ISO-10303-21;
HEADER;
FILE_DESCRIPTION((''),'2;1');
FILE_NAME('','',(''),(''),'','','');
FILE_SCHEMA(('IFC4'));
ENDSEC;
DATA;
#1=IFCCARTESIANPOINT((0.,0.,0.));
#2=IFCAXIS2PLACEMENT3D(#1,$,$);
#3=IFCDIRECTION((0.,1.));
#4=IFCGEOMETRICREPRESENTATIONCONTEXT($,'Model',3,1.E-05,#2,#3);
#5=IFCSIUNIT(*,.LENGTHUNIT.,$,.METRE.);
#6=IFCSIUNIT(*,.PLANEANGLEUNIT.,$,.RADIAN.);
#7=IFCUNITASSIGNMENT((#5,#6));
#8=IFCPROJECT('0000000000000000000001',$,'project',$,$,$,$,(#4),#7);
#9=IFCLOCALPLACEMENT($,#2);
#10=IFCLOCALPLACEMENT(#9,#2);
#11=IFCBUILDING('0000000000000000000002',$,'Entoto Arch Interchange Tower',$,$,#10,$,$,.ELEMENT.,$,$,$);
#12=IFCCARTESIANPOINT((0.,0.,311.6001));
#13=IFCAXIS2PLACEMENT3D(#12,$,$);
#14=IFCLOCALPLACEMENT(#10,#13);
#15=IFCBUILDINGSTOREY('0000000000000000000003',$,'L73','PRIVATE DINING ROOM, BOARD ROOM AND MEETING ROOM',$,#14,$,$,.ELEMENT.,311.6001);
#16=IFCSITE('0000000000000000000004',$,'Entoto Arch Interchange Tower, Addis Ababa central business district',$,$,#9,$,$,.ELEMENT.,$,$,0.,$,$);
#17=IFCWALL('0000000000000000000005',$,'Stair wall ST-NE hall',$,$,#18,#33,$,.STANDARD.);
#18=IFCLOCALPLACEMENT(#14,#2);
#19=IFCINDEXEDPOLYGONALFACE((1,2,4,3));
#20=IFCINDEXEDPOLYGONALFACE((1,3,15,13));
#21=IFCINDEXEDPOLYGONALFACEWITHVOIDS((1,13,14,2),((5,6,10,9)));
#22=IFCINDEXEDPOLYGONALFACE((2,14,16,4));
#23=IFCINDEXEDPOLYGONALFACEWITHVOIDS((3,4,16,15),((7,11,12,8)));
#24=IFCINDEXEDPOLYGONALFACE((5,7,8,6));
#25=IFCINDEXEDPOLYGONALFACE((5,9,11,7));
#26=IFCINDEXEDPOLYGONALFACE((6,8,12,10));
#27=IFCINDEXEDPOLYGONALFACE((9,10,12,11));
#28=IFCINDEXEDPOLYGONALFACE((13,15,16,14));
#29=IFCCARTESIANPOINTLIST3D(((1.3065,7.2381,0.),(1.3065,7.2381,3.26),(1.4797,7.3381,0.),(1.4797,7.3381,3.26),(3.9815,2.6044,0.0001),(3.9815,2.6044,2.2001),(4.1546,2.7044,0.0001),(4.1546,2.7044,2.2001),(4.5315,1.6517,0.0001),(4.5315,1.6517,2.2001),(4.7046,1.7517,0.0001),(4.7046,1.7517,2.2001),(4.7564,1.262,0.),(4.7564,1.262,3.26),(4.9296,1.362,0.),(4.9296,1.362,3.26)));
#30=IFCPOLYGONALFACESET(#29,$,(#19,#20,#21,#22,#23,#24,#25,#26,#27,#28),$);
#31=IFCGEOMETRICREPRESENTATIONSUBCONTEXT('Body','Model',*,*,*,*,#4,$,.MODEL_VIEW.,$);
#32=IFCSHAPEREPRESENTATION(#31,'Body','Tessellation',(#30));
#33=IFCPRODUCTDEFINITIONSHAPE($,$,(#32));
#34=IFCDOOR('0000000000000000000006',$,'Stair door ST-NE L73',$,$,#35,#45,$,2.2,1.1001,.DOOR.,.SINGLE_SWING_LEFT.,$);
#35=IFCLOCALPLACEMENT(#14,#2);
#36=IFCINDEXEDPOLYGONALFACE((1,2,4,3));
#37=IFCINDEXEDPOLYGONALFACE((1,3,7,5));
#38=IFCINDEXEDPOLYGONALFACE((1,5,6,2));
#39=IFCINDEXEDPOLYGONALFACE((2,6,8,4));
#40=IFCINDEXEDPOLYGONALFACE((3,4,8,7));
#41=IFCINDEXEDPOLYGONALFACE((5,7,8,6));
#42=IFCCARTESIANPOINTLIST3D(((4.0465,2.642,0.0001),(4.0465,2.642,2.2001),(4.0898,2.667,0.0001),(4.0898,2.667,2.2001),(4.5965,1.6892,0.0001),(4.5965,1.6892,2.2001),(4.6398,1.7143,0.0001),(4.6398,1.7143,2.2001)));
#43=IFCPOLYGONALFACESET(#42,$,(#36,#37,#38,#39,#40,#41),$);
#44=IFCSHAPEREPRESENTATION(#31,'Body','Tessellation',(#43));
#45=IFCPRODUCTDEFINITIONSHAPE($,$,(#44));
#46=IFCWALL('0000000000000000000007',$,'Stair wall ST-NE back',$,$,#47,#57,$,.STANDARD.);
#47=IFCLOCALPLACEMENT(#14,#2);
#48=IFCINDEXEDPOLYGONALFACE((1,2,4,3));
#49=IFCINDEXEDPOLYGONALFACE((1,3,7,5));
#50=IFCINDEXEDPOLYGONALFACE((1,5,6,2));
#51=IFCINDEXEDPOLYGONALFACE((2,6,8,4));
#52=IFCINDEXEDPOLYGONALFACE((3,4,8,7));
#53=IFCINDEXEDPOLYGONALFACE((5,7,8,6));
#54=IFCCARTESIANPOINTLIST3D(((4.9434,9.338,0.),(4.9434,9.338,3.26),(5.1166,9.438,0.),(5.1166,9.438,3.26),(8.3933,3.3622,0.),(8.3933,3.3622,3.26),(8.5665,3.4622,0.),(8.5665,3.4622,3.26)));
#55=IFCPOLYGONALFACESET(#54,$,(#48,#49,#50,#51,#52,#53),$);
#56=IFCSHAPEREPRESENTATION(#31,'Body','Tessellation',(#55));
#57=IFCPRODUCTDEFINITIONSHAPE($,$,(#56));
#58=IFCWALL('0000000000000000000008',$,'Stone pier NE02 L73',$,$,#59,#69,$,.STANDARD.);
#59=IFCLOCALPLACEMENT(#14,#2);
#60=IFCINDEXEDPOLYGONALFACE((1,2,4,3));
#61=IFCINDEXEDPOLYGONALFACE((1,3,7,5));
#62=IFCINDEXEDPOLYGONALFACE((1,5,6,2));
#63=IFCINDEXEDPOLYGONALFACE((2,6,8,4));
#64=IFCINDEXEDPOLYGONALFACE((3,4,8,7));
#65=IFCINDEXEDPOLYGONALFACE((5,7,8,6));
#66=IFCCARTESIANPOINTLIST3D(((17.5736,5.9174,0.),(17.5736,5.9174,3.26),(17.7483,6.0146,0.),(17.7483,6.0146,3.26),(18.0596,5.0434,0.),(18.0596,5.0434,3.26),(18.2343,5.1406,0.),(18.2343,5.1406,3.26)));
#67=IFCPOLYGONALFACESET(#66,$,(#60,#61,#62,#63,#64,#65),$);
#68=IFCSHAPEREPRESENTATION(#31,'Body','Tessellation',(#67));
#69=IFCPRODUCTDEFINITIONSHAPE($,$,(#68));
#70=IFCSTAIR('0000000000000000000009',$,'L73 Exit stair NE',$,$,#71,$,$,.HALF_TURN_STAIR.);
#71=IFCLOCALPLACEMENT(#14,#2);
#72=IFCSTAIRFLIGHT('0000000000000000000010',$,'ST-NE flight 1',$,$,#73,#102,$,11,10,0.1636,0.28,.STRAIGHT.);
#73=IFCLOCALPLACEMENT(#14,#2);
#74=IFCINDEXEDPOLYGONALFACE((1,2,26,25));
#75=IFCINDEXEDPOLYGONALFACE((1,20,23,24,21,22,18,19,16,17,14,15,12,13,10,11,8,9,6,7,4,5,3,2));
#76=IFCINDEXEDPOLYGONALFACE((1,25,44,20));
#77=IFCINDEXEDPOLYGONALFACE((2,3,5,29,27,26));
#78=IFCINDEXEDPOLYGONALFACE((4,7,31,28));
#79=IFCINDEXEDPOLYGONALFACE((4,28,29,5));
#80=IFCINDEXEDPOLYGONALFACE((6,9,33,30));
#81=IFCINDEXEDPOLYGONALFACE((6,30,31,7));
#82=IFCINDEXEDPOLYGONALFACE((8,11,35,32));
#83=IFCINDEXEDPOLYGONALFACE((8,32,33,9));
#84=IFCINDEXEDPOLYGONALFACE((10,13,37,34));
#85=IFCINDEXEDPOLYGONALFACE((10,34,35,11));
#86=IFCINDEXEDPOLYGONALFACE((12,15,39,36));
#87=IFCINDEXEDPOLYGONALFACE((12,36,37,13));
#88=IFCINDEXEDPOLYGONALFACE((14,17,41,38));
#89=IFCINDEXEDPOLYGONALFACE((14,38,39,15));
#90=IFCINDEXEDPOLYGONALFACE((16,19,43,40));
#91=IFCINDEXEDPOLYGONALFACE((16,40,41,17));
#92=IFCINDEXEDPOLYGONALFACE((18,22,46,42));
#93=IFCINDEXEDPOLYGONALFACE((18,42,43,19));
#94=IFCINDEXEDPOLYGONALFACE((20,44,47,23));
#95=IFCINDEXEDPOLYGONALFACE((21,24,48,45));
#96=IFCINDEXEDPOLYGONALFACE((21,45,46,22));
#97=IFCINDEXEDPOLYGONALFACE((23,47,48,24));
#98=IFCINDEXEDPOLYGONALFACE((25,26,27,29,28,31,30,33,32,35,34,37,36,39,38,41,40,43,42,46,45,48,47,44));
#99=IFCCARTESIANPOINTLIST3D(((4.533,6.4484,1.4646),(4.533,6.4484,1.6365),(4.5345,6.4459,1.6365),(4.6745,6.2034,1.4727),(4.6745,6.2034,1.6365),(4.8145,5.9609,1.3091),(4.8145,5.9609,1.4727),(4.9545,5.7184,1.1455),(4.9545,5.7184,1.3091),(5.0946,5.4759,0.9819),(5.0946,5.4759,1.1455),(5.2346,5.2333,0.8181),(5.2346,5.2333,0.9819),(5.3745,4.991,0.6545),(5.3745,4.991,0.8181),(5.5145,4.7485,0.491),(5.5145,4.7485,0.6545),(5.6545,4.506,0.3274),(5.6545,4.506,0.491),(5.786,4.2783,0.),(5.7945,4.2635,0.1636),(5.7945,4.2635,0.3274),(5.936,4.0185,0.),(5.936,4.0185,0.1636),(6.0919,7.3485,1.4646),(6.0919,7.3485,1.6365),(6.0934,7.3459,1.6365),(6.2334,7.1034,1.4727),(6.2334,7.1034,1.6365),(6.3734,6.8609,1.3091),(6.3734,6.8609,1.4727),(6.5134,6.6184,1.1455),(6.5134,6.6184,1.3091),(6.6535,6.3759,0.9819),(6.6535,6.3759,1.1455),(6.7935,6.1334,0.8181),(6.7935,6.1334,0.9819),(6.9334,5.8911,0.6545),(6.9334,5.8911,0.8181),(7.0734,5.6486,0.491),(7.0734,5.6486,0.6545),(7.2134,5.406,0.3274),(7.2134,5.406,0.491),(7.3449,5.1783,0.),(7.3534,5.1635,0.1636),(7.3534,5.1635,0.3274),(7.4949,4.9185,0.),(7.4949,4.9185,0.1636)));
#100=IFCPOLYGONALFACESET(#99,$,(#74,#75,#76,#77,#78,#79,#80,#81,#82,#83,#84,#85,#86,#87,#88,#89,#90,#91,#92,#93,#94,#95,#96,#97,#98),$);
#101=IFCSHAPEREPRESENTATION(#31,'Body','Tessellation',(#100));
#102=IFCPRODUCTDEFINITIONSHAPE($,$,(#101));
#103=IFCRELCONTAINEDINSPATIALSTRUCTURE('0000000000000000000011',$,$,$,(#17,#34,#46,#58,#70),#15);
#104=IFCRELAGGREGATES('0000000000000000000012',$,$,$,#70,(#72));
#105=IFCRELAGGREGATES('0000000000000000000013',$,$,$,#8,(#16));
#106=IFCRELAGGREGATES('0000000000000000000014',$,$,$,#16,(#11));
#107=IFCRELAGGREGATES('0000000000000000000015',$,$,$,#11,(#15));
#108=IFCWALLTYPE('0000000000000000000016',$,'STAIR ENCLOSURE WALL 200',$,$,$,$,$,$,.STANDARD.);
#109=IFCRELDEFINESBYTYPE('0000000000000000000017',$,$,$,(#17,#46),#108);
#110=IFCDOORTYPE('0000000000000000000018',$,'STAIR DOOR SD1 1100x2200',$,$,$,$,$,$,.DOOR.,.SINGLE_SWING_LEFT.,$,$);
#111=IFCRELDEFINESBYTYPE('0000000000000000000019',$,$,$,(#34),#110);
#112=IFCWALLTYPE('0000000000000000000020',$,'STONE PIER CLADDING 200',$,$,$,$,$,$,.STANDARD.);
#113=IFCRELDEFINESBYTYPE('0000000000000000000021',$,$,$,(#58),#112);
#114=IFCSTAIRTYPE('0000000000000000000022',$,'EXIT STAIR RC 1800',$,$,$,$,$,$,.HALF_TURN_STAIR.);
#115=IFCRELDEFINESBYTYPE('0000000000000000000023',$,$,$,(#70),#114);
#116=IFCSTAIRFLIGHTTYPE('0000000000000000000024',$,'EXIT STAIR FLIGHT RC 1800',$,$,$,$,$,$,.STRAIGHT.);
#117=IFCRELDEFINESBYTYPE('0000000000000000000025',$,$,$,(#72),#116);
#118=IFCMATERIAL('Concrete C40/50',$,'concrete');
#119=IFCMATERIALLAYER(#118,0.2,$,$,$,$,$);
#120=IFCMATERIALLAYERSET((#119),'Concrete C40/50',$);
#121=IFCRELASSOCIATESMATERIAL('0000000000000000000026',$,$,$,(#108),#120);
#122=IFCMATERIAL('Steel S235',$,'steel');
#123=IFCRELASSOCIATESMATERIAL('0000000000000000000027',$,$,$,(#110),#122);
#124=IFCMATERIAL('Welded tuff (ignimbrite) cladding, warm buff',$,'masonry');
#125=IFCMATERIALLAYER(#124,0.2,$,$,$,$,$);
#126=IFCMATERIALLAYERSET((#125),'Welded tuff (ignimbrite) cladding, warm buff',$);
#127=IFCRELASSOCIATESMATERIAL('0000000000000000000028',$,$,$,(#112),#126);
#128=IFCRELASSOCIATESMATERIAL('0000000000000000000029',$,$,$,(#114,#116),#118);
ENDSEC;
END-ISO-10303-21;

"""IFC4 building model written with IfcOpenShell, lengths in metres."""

from ifc_helpers import new_model, si_unit, direction, frame, frame_2d, origin, place, context, subcontext, project, spatial, polyline, rectangle, outline, extrude, material, layer, layer_set, type_object, element, fill, aggregate, save


model = new_model("IFC4")

# Units and contexts
model_context = context("Model", 3, precision=1e-05, world=origin(), true_north=direction((0.0, 1.0)))
body_context = subcontext(model_context, "Body", "Model", "MODEL_VIEW")
ifc_project = project(units=[si_unit("LENGTHUNIT", "METRE"), si_unit("PLANEANGLEUNIT", "RADIAN")], contexts=[model_context])

# Site, building, storey
site_placement = place(None, origin())
site = spatial("IfcSite", under=ifc_project, at=site_placement, Name="Entoto Arch Interchange Tower, Addis Ababa central business district", CompositionType="ELEMENT", RefElevation=0.0)
building_placement = place(site_placement, origin())
building = spatial("IfcBuilding", under=site, at=building_placement, Name="Entoto Arch Interchange Tower", CompositionType="ELEMENT")
storey_placement = place(building_placement, frame((0.0, 0.0, 311.6001)))
storey = spatial("IfcBuildingStorey", under=building, at=storey_placement, Name="L73", Description="PRIVATE DINING ROOM, BOARD ROOM AND MEETING ROOM", CompositionType="ELEMENT", Elevation=311.6001)

# Shared definitions
ifc_material_1 = material(Name="Concrete C40/50", Category="concrete")

# Wall, opening, door
ifc_layer_1 = layer(ifc_material_1, 0.2)
ifc_layer_set_1 = layer_set([ifc_layer_1], Name="Concrete C40/50")
wall_type_1 = type_object("IfcWallType", Name="STAIR ENCLOSURE WALL 200", PredefinedType="STANDARD", material=ifc_layer_set_1)
ifc_material_2 = material(Name="Steel S235", Category="steel")
door_type_1 = type_object("IfcDoorType", Name="STAIR DOOR SD1 1100x2200", OperationType="SINGLE_SWING_LEFT", PredefinedType="DOOR", material=ifc_material_2)
wall_1_placement = place(storey_placement, frame((4.843, 1.312, 0.0), z_axis=(0.0, 0.0, 1.0), x_axis=(-0.499963, 0.866047, 0.0)))
wall_1 = element("IfcWall", 1, at=wall_1_placement, inside=storey, type_object=wall_type_1, Name="Stair wall ST-NE hall", PredefinedType="STANDARD", context=body_context, shape_type="SweptSolid", body=[
    extrude(rectangle(XDim=6.9004, YDim=0.2, at=frame_2d((3.4502, 0.0))), origin(), (0.0, 0.0, 1.0), 3.26),
])
opening_1_placement = place(wall_1_placement, frame((0.45, 0.0, 0.0)))
opening_1 = element("IfcOpeningElement", 2, at=opening_1_placement, cuts=wall_1, PredefinedType="OPENING", context=body_context, shape_type="SweptSolid", body=[
    extrude(rectangle(XDim=1.1001, YDim=2.2, at=frame_2d((0.55, 1.1001))), frame((0.0, 0.1099, 0.0), z_axis=(0.0, -1.0, 0.0), x_axis=(1.0, 0.0, 0.0)), (0.0, 0.0, 1.0), 0.22),
])
door_1_placement = place(opening_1_placement, origin())
door_1 = element("IfcDoor", 3, at=door_1_placement, inside=storey, type_object=door_type_1, Name="Stair door ST-NE L73", OperationType="SINGLE_SWING_LEFT", OverallHeight=2.2, OverallWidth=1.1001, PredefinedType="DOOR", context=body_context, shape_type="SweptSolid", body=[
    extrude(rectangle(XDim=1.1001, YDim=2.2, at=frame_2d((0.55, 1.1001))), frame((0.0, 0.0249, 0.0), z_axis=(0.0, -1.0, 0.0), x_axis=(1.0, 0.0, 0.0)), (0.0, 0.0, 1.0), 0.05),
])
fill(opening_1, door_1)

# Walls
wall_2_placement = place(storey_placement, frame((8.48, 3.4121, 0.0), z_axis=(0.0, 0.0, 1.0), x_axis=(-0.499979, 0.866038, 0.0)))
element("IfcWall", 4, at=wall_2_placement, inside=storey, type_object=wall_type_1, Name="Stair wall ST-NE back", PredefinedType="STANDARD", context=body_context, shape_type="SweptSolid", body=[
    extrude(rectangle(XDim=6.9001, YDim=0.2, at=frame_2d((3.4502, 0.0))), origin(), (0.0, 0.0, 1.0), 3.26),
])
ifc_material_3 = material(Name="Welded tuff (ignimbrite) cladding, warm buff", Category="masonry")
ifc_layer_2 = layer(ifc_material_3, 0.2)
ifc_layer_set_2 = layer_set([ifc_layer_2], Name="Welded tuff (ignimbrite) cladding, warm buff")
wall_type_2 = type_object("IfcWallType", Name="STONE PIER CLADDING 200", PredefinedType="STANDARD", material=ifc_layer_set_2)
wall_3_placement = place(storey_placement, frame((18.147, 5.092, 0.0), z_axis=(0.0, 0.0, 1.0), x_axis=(-0.486037, 0.873938, 0.0)))
element("IfcWall", 5, at=wall_3_placement, inside=storey, type_object=wall_type_2, Name="Stone pier NE02 L73", PredefinedType="STANDARD", context=body_context, shape_type="SweptSolid", body=[
    extrude(rectangle(XDim=1.0, YDim=0.2, at=frame_2d((0.5, 0.0))), origin(), (0.0, 0.0, 1.0), 3.26),
])

# Stair, stair flight
stair_type = type_object("IfcStairType", Name="EXIT STAIR RC 1800", PredefinedType="HALF_TURN_STAIR", material=ifc_material_1)
stair_placement = place(storey_placement, origin())
stair = element("IfcStair", 6, at=stair_placement, inside=storey, type_object=stair_type, Name="L73 Exit stair NE", PredefinedType="HALF_TURN_STAIR")
stair_flight_type = type_object("IfcStairFlightType", Name="EXIT STAIR FLIGHT RC 1800", PredefinedType="STRAIGHT", material=ifc_material_1)
stair_flight_placement = place(storey_placement, frame((6.7139, 4.4709, 0.0), z_axis=(0.0, 0.0, 1.0), x_axis=(-0.5, 0.866025, 0.0)))
stair_flight = element("IfcStairFlight", 7, at=stair_flight_placement, type_object=stair_flight_type, Name="ST-NE flight 1", NumberOfRisers=11, NumberOfTreads=10, PredefinedType="STRAIGHT", RiserHeight=0.1636, TreadLength=0.28, context=body_context, shape_type="SweptSolid", body=[
    extrude(outline(polyline([(-0.0029, 0.0), (-0.0029, 0.1636), (0.28, 0.1636), (0.28, 0.3274), (0.5601, 0.3274), (0.5601, 0.491), (0.8401, 0.491), (0.8401, 0.6545), (1.1201, 0.6545), (1.1201, 0.8181), (1.3999, 0.8181), (1.3999, 0.9819), (1.6799, 0.9819), (1.6799, 1.1455), (1.96, 1.1455), (1.96, 1.3091), (2.24, 1.3091), (2.24, 1.4727), (2.52, 1.4727), (2.52, 1.6365), (2.8, 1.6365), (2.803, 1.6365), (2.803, 1.4646), (0.2971, 0.0), (-0.0029, 0.0)])), frame((0.0, 0.8999, 0.0), z_axis=(0.0, -1.0, 0.0), x_axis=(1.0, 0.0, 0.0)), (0.0, 0.0, 1.0), 1.8),
])
aggregate(stair, [stair_flight])

save(model, "model.ifc")
